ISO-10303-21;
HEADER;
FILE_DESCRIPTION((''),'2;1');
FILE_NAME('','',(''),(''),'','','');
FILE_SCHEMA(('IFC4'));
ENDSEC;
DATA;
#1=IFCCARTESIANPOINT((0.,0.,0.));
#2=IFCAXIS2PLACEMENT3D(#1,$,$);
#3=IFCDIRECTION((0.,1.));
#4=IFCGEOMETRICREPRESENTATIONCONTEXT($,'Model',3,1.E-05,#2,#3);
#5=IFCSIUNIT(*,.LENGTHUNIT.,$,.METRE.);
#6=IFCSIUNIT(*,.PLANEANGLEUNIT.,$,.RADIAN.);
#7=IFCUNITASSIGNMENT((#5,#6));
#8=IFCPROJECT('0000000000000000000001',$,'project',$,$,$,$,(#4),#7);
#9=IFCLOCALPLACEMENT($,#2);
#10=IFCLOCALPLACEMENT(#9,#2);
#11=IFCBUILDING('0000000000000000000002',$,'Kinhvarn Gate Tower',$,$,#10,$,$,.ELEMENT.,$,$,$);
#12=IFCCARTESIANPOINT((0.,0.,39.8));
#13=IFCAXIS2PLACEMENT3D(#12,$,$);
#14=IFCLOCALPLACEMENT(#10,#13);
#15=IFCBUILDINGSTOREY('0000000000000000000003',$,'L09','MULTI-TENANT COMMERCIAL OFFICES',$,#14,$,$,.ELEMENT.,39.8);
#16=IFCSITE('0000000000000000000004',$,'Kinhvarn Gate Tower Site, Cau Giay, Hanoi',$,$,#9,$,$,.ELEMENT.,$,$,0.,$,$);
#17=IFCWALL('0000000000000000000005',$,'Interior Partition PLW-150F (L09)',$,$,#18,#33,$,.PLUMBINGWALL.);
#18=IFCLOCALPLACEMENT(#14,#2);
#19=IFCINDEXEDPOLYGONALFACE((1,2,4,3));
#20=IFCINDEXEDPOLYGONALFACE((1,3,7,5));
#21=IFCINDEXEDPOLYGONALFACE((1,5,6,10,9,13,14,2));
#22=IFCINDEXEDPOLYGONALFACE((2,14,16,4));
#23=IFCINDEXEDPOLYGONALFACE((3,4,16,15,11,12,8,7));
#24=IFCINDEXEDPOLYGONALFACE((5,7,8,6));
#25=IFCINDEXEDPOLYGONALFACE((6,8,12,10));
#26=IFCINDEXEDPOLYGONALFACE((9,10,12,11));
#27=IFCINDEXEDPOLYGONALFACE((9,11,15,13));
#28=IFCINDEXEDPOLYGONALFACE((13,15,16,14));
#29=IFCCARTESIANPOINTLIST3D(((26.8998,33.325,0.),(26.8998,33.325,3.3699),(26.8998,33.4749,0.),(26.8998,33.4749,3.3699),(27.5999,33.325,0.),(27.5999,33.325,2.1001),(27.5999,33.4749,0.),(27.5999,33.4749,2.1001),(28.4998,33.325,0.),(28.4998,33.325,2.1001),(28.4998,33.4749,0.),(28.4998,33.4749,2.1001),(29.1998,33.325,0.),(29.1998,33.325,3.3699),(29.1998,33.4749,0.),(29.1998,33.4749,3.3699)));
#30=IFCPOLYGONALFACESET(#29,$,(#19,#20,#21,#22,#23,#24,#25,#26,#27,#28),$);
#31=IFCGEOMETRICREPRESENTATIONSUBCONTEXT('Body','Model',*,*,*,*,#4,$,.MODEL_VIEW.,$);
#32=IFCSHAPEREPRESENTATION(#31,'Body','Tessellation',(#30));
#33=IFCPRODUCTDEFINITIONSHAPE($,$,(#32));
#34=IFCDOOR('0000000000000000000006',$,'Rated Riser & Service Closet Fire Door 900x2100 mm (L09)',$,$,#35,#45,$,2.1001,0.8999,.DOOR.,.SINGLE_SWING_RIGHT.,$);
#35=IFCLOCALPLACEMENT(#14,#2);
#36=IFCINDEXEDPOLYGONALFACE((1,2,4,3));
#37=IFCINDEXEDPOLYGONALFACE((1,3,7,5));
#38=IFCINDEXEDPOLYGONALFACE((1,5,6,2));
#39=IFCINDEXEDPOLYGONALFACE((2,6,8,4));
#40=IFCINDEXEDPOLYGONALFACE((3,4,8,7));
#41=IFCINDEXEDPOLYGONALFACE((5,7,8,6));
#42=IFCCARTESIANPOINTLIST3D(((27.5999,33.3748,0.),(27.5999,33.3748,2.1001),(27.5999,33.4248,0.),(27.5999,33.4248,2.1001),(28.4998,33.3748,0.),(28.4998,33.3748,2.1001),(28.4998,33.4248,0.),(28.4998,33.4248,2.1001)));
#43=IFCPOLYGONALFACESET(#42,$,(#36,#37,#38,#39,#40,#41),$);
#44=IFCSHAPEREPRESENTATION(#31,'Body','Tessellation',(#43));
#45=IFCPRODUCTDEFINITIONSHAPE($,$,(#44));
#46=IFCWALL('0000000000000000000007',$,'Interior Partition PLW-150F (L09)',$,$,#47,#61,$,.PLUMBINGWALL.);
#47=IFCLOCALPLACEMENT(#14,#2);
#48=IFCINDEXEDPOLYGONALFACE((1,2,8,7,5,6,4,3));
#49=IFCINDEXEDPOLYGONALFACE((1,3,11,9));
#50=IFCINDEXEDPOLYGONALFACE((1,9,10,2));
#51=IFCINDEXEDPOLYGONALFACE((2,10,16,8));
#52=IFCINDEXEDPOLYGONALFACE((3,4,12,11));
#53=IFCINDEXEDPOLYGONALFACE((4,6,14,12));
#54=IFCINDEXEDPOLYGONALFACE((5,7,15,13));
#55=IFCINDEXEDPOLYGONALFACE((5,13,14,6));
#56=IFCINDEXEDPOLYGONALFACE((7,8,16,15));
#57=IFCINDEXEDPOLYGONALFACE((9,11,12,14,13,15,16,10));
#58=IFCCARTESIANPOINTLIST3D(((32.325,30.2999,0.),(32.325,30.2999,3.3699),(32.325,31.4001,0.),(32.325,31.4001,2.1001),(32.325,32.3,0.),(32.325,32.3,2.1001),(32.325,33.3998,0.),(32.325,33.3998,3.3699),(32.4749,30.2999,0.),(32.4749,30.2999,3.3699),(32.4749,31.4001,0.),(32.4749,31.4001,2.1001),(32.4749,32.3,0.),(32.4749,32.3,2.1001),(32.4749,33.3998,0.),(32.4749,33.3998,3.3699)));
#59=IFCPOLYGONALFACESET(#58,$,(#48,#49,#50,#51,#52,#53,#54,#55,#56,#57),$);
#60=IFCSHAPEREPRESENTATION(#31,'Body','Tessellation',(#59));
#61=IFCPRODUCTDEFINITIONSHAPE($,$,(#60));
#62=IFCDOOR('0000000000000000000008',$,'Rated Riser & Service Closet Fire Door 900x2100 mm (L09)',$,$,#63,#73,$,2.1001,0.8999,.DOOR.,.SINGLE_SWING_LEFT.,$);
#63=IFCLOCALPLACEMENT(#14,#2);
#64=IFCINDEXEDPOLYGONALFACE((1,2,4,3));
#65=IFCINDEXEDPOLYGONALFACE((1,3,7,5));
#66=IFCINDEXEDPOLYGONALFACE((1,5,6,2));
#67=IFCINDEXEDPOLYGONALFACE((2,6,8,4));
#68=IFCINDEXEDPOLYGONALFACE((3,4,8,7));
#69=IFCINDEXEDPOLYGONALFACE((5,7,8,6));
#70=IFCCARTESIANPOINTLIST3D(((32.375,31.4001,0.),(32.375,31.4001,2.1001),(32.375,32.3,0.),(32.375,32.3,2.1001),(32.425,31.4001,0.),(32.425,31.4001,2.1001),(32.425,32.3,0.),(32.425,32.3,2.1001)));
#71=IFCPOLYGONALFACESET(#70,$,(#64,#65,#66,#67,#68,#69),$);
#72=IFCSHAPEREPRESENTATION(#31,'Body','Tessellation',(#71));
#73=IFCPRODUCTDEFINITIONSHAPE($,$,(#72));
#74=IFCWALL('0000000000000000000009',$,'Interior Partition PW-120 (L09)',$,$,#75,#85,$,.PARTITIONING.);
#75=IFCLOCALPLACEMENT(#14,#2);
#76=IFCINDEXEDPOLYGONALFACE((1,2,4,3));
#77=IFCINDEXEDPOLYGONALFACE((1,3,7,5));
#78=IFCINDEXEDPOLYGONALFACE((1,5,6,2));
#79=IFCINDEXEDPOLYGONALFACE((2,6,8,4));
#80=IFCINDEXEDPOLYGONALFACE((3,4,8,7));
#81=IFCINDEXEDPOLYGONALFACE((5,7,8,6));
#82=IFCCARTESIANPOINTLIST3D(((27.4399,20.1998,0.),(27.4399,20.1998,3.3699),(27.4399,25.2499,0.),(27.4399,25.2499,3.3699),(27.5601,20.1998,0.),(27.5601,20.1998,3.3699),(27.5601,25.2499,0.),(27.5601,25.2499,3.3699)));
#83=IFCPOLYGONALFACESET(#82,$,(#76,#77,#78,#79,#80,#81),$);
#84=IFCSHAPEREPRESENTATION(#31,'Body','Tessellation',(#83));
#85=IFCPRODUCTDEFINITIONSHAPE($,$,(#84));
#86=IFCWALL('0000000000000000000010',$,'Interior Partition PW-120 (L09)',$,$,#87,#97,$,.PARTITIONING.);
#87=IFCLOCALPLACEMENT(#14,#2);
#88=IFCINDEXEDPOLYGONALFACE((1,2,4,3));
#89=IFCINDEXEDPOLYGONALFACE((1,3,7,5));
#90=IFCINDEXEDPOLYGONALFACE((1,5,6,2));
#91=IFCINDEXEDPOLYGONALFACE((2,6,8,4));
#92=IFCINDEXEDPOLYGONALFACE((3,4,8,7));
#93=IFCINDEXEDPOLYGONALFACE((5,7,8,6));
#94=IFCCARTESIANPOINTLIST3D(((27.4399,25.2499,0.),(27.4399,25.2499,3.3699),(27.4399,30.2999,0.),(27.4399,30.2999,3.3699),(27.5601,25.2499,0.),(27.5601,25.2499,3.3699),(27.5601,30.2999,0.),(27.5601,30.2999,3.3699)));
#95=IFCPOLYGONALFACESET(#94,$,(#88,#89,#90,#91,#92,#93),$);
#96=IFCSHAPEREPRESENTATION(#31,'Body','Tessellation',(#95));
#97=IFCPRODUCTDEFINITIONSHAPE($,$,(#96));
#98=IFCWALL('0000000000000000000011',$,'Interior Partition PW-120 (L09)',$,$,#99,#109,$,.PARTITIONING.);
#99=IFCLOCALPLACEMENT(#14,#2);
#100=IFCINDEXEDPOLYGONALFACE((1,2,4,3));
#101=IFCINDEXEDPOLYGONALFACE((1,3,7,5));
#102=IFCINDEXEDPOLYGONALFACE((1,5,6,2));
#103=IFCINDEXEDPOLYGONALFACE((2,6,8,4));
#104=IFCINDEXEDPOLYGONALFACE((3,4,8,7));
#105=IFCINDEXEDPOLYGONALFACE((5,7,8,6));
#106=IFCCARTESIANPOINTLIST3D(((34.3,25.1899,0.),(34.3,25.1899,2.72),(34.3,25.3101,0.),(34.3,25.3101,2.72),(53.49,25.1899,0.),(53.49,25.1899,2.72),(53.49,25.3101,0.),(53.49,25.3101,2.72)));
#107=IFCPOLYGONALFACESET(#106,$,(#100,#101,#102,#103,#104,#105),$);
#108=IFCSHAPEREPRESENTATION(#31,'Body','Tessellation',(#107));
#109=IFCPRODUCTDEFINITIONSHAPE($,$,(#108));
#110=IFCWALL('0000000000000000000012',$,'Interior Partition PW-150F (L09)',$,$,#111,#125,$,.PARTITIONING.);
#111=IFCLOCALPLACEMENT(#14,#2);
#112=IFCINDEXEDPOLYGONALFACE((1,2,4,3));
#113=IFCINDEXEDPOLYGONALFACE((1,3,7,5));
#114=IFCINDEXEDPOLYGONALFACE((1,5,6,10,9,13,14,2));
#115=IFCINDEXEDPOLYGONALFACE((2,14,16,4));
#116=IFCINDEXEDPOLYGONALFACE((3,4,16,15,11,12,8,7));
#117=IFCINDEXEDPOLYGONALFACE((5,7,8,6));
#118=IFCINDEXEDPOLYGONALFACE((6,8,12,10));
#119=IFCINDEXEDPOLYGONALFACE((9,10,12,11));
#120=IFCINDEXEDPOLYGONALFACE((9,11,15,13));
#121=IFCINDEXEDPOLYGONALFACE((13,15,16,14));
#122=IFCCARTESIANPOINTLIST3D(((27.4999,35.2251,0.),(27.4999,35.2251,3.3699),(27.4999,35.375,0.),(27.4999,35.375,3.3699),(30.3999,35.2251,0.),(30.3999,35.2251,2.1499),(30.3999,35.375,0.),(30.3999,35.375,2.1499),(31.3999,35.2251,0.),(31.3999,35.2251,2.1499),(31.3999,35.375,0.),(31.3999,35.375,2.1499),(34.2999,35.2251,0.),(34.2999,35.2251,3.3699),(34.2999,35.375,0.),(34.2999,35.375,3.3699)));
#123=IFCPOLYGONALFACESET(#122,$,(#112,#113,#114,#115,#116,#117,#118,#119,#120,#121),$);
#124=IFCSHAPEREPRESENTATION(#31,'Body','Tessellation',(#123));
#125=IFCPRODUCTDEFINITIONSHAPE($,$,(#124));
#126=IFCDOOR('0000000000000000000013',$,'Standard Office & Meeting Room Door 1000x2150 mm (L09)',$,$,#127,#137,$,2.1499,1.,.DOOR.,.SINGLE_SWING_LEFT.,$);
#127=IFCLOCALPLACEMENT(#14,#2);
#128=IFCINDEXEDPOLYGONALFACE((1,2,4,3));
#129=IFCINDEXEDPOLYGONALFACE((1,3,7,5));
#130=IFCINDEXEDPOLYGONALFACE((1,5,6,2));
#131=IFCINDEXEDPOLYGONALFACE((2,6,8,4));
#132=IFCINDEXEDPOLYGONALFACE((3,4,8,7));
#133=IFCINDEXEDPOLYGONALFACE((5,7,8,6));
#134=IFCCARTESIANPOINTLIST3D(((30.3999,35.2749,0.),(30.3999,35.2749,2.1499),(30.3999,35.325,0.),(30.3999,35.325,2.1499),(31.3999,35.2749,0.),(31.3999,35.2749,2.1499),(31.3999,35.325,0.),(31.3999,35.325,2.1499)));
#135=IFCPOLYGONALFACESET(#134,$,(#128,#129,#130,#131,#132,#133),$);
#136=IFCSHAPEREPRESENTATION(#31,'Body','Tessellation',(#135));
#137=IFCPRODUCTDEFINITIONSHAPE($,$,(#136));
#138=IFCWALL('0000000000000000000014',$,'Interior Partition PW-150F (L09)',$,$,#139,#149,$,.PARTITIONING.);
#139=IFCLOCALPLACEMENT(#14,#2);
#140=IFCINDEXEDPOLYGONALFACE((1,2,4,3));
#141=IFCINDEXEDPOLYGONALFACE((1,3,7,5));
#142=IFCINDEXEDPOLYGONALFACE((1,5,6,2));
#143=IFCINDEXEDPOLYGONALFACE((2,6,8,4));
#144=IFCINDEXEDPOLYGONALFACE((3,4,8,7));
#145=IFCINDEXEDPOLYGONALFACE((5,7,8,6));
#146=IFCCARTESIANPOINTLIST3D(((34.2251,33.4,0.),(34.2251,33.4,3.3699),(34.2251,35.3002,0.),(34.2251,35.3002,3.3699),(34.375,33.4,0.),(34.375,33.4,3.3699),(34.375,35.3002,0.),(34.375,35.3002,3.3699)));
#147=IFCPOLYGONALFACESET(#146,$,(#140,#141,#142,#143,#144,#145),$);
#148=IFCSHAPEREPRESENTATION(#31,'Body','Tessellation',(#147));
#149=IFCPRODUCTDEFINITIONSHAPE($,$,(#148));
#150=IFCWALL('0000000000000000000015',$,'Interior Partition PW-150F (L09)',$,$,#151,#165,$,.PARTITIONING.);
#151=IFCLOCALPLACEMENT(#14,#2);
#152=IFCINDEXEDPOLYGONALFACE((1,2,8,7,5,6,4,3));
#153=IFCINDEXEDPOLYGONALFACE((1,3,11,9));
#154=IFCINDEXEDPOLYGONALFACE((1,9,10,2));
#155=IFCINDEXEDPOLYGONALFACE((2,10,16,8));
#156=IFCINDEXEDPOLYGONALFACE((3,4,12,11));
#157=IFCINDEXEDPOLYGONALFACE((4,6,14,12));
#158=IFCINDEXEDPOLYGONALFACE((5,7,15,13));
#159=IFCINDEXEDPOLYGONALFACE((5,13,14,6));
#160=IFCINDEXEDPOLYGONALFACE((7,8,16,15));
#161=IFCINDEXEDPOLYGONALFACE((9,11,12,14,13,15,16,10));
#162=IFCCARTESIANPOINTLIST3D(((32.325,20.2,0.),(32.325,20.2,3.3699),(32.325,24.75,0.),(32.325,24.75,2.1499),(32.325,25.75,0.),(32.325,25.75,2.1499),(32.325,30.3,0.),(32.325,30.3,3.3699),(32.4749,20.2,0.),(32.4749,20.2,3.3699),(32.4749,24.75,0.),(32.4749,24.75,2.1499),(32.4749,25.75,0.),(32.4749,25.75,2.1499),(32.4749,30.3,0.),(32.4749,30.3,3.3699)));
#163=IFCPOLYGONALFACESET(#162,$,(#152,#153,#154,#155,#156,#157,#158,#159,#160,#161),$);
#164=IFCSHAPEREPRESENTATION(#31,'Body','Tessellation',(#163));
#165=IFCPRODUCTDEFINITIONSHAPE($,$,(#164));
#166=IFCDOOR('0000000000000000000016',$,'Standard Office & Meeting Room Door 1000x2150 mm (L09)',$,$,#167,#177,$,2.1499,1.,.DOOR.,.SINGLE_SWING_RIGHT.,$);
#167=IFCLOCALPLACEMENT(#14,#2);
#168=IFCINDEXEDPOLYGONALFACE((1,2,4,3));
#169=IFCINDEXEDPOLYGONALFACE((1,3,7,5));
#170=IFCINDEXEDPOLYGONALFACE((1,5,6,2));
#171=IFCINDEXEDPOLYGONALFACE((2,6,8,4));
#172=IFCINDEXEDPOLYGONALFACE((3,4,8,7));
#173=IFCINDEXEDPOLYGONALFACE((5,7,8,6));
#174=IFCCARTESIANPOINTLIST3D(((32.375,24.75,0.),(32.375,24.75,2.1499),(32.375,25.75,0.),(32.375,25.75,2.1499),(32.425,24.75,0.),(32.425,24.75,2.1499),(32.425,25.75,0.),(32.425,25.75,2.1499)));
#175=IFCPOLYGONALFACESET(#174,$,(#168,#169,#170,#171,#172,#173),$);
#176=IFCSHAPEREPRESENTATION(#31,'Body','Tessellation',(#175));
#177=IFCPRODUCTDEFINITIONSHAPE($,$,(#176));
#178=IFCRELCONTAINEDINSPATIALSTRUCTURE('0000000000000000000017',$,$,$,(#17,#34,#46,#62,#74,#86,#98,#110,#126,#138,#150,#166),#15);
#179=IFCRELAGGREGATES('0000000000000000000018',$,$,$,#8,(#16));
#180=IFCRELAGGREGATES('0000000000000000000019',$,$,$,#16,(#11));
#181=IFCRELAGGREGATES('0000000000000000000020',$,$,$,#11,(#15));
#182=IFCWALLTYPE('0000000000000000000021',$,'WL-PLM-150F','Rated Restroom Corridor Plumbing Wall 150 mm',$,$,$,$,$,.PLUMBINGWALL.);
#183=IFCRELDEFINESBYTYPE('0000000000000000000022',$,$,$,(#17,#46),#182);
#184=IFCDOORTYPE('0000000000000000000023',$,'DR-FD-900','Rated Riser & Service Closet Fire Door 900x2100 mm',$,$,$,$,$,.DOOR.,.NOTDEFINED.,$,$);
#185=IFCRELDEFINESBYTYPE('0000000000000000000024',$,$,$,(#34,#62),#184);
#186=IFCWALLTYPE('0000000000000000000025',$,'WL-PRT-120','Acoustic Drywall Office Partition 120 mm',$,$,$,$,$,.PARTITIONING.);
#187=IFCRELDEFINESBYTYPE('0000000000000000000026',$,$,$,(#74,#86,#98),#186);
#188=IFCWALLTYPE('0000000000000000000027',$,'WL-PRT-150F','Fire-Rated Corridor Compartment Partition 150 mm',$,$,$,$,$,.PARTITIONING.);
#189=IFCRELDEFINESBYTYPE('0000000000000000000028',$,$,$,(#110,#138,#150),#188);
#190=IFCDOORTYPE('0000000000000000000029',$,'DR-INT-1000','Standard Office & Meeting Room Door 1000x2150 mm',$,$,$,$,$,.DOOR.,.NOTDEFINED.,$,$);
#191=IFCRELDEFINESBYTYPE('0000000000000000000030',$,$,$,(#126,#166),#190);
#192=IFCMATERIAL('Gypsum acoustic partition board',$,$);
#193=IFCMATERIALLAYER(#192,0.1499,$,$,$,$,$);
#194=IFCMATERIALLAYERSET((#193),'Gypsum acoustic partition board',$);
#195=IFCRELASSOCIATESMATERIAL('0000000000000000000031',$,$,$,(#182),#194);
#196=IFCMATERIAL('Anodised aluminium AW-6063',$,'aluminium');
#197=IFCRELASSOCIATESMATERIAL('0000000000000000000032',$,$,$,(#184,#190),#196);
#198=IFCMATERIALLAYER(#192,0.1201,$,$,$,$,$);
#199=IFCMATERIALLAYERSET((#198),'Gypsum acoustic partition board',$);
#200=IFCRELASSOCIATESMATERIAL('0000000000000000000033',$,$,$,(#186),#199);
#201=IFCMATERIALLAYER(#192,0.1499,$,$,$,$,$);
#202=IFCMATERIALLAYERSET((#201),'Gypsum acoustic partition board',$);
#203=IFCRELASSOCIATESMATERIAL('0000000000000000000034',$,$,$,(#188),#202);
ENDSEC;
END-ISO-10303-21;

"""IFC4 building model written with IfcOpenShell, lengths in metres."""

from ifc_helpers import new_model, si_unit, direction, frame, frame_2d, origin, place, context, subcontext, project, spatial, rectangle, extrude, material, layer, layer_set, type_object, element, fill, save


model = new_model("IFC4")

# Units and contexts
model_context = context("Model", 3, precision=1e-05, world=origin(), true_north=direction((0.0, 1.0)))
body_context = subcontext(model_context, "Body", "Model", "MODEL_VIEW")
ifc_project = project(units=[si_unit("LENGTHUNIT", "METRE"), si_unit("PLANEANGLEUNIT", "RADIAN")], contexts=[model_context])

# Site, building, storey
site_placement = place(None, origin())
site = spatial("IfcSite", under=ifc_project, at=site_placement, Name="Kinhvarn Gate Tower Site, Cau Giay, Hanoi", CompositionType="ELEMENT", RefElevation=0.0)
building_placement = place(site_placement, origin())
building = spatial("IfcBuilding", under=site, at=building_placement, Name="Kinhvarn Gate Tower", CompositionType="ELEMENT")
storey_placement = place(building_placement, frame((0.0, 0.0, 39.8)))
storey = spatial("IfcBuildingStorey", under=building, at=storey_placement, Name="L09", Description="MULTI-TENANT COMMERCIAL OFFICES", CompositionType="ELEMENT", Elevation=39.8)

# Shared definitions
ifc_material_1 = material(Name="Gypsum acoustic partition board")
ifc_layer_1 = layer(ifc_material_1, 0.1499)
ifc_layer_set_1 = layer_set([ifc_layer_1], Name="Gypsum acoustic partition board")
wall_type_1 = type_object("IfcWallType", Name="WL-PLM-150F", Description="Rated Restroom Corridor Plumbing Wall 150 mm", PredefinedType="PLUMBINGWALL", material=ifc_layer_set_1)

# Walls, openings, doors
wall_1_placement = place(storey_placement, frame((26.8999, 33.3999, 0.0), z_axis=(0.0, 0.0, 1.0), x_axis=(1.0, 0.0, 0.0)))
wall_1 = element("IfcWall", 1, at=wall_1_placement, inside=storey, type_object=wall_type_1, Name="Interior Partition PLW-150F (L09)", PredefinedType="PLUMBINGWALL", context=body_context, shape_type="SweptSolid", body=[
    extrude(rectangle(XDim=2.3, YDim=0.1499, at=frame_2d((1.1499, 0.0))), origin(), (0.0, 0.0, 1.0), 3.3699),
])
opening_1_placement = place(wall_1_placement, frame((0.7, 0.0, 0.0)))
opening_1 = element("IfcOpeningElement", 2, at=opening_1_placement, cuts=wall_1, PredefinedType="OPENING", context=body_context, shape_type="SweptSolid", body=[
    extrude(rectangle(XDim=0.8999, YDim=2.1001, at=frame_2d((0.45, 1.05))), frame((0.0, 0.085, 0.0), z_axis=(0.0, -1.0, 0.0), x_axis=(1.0, 0.0, 0.0)), (0.0, 0.0, 1.0), 0.1699),
])
ifc_material_2 = material(Name="Anodised aluminium AW-6063", Category="aluminium")
door_type_1 = type_object("IfcDoorType", Name="DR-FD-900", Description="Rated Riser & Service Closet Fire Door 900x2100 mm", OperationType="NOTDEFINED", PredefinedType="DOOR", material=ifc_material_2)
door_1_placement = place(opening_1_placement, origin())
door_1 = element("IfcDoor", 3, at=door_1_placement, inside=storey, type_object=door_type_1, Name="Rated Riser & Service Closet Fire Door 900x2100 mm (L09)", OperationType="SINGLE_SWING_RIGHT", OverallHeight=2.1001, OverallWidth=0.8999, PredefinedType="DOOR", context=body_context, shape_type="SweptSolid", body=[
    extrude(rectangle(XDim=0.8999, YDim=2.1001, at=frame_2d((0.45, 1.05))), frame((0.0, 0.0249, 0.0), z_axis=(0.0, -1.0, 0.0), x_axis=(1.0, 0.0, 0.0)), (0.0, 0.0, 1.0), 0.05),
])
fill(opening_1, door_1)
wall_2_placement = place(storey_placement, frame((32.3999, 30.3, 0.0), z_axis=(0.0, 0.0, 1.0), x_axis=(0.0, 1.0, 0.0)))
wall_2 = element("IfcWall", 4, at=wall_2_placement, inside=storey, type_object=wall_type_1, Name="Interior Partition PLW-150F (L09)", PredefinedType="PLUMBINGWALL", context=body_context, shape_type="SweptSolid", body=[
    extrude(rectangle(XDim=3.0999, YDim=0.1499, at=frame_2d((1.5498, 0.0))), origin(), (0.0, 0.0, 1.0), 3.3699),
])
opening_2_placement = place(wall_2_placement, frame((1.1001, 0.0, 0.0)))
opening_2 = element("IfcOpeningElement", 5, at=opening_2_placement, cuts=wall_2, PredefinedType="OPENING", context=body_context, shape_type="SweptSolid", body=[
    extrude(rectangle(XDim=0.8999, YDim=2.1001, at=frame_2d((0.45, 1.05))), frame((0.0, 0.085, 0.0), z_axis=(0.0, -1.0, 0.0), x_axis=(1.0, 0.0, 0.0)), (0.0, 0.0, 1.0), 0.1699),
])
door_2_placement = place(opening_2_placement, origin())
door_2 = element("IfcDoor", 6, at=door_2_placement, inside=storey, type_object=door_type_1, Name="Rated Riser & Service Closet Fire Door 900x2100 mm (L09)", OperationType="SINGLE_SWING_LEFT", OverallHeight=2.1001, OverallWidth=0.8999, PredefinedType="DOOR", context=body_context, shape_type="SweptSolid", body=[
    extrude(rectangle(XDim=0.8999, YDim=2.1001, at=frame_2d((0.45, 1.05))), frame((0.0, 0.0249, 0.0), z_axis=(0.0, -1.0, 0.0), x_axis=(1.0, 0.0, 0.0)), (0.0, 0.0, 1.0), 0.05),
])
fill(opening_2, door_2)

# Walls
ifc_layer_2 = layer(ifc_material_1, 0.1201)
ifc_layer_set_2 = layer_set([ifc_layer_2], Name="Gypsum acoustic partition board")
wall_type_2 = type_object("IfcWallType", Name="WL-PRT-120", Description="Acoustic Drywall Office Partition 120 mm", PredefinedType="PARTITIONING", material=ifc_layer_set_2)
for number, where, z_axis, x_axis, name in (
    (7, (27.5, 20.2, 0.0), (0.0, 0.0, 1.0), (0.0, 1.0, 0.0), "Interior Partition PW-120 (L09)"),
    (8, (27.5, 25.25, 0.0), (0.0, 0.0, 1.0), (0.0, 1.0, 0.0), "Interior Partition PW-120 (L09)"),
):
    element("IfcWall", number, at=place(storey_placement, frame(where, z_axis=z_axis, x_axis=x_axis)), inside=storey, type_object=wall_type_2, Name=name, PredefinedType="PARTITIONING", context=body_context, shape_type="SweptSolid", body=[
        extrude(rectangle(XDim=5.05, YDim=0.1201, at=frame_2d((2.5249, 0.0))), origin(), (0.0, 0.0, 1.0), 3.3699),
    ])
wall_3_placement = place(storey_placement, frame((34.3, 25.25, 0.0), z_axis=(0.0, 0.0, 1.0), x_axis=(1.0, 0.0, 0.0)))
element("IfcWall", 9, at=wall_3_placement, inside=storey, type_object=wall_type_2, Name="Interior Partition PW-120 (L09)", PredefinedType="PARTITIONING", context=body_context, shape_type="SweptSolid", body=[
    extrude(rectangle(XDim=19.1899, YDim=0.1201, at=frame_2d((9.595, 0.0))), origin(), (0.0, 0.0, 1.0), 2.72),
])

# Wall, opening, door
ifc_layer_3 = layer(ifc_material_1, 0.1499)
ifc_layer_set_3 = layer_set([ifc_layer_3], Name="Gypsum acoustic partition board")
wall_type_3 = type_object("IfcWallType", Name="WL-PRT-150F", Description="Fire-Rated Corridor Compartment Partition 150 mm", PredefinedType="PARTITIONING", material=ifc_layer_set_3)
wall_4_placement = place(storey_placement, frame((27.5, 35.3, 0.0), z_axis=(0.0, 0.0, 1.0), x_axis=(1.0, 0.0, 0.0)))
wall_4 = element("IfcWall", 10, at=wall_4_placement, inside=storey, type_object=wall_type_3, Name="Interior Partition PW-150F (L09)", PredefinedType="PARTITIONING", context=body_context, shape_type="SweptSolid", body=[
    extrude(rectangle(XDim=6.8, YDim=0.1499, at=frame_2d((3.3999, 0.0))), origin(), (0.0, 0.0, 1.0), 3.3699),
])
opening_3_placement = place(wall_4_placement, frame((2.8999, 0.0, 0.0)))
opening_3 = element("IfcOpeningElement", 11, at=opening_3_placement, cuts=wall_4, PredefinedType="OPENING", context=body_context, shape_type="SweptSolid", body=[
    extrude(rectangle(XDim=1.0, YDim=2.1499, at=frame_2d((0.5, 1.075))), frame((0.0, 0.085, 0.0), z_axis=(0.0, -1.0, 0.0), x_axis=(1.0, 0.0, 0.0)), (0.0, 0.0, 1.0), 0.1699),
])
door_type_2 = type_object("IfcDoorType", Name="DR-INT-1000", Description="Standard Office & Meeting Room Door 1000x2150 mm", OperationType="NOTDEFINED", PredefinedType="DOOR", material=ifc_material_2)
door_3_placement = place(opening_3_placement, origin())
door_3 = element("IfcDoor", 12, at=door_3_placement, inside=storey, type_object=door_type_2, Name="Standard Office & Meeting Room Door 1000x2150 mm (L09)", OperationType="SINGLE_SWING_LEFT", OverallHeight=2.1499, OverallWidth=1.0, PredefinedType="DOOR", context=body_context, shape_type="SweptSolid", body=[
    extrude(rectangle(XDim=1.0, YDim=2.1499, at=frame_2d((0.5, 1.075))), frame((0.0, 0.0249, 0.0), z_axis=(0.0, -1.0, 0.0), x_axis=(1.0, 0.0, 0.0)), (0.0, 0.0, 1.0), 0.05),
])
fill(opening_3, door_3)

# Wall
wall_5_placement = place(storey_placement, frame((34.3, 33.3999, 0.0), z_axis=(0.0, 0.0, 1.0), x_axis=(0.0, 1.0, 0.0)))
element("IfcWall", 13, at=wall_5_placement, inside=storey, type_object=wall_type_3, Name="Interior Partition PW-150F (L09)", PredefinedType="PARTITIONING", context=body_context, shape_type="SweptSolid", body=[
    extrude(rectangle(XDim=1.9001, YDim=0.1499, at=frame_2d((0.9502, 0.0))), origin(), (0.0, 0.0, 1.0), 3.3699),
])

# Wall, opening, door
wall_6_placement = place(storey_placement, frame((32.3999, 20.2, 0.0), z_axis=(0.0, 0.0, 1.0), x_axis=(0.0, 1.0, 0.0)))
wall_6 = element("IfcWall", 14, at=wall_6_placement, inside=storey, type_object=wall_type_3, Name="Interior Partition PW-150F (L09)", PredefinedType="PARTITIONING", context=body_context, shape_type="SweptSolid", body=[
    extrude(rectangle(XDim=10.1001, YDim=0.1499, at=frame_2d((5.05, 0.0))), origin(), (0.0, 0.0, 1.0), 3.3699),
])
opening_4_placement = place(wall_6_placement, frame((4.55, 0.0, 0.0)))
opening_4 = element("IfcOpeningElement", 15, at=opening_4_placement, cuts=wall_6, PredefinedType="OPENING", context=body_context, shape_type="SweptSolid", body=[
    extrude(rectangle(XDim=1.0, YDim=2.1499, at=frame_2d((0.5, 1.075))), frame((0.0, 0.085, 0.0), z_axis=(0.0, -1.0, 0.0), x_axis=(1.0, 0.0, 0.0)), (0.0, 0.0, 1.0), 0.1699),
])
door_4_placement = place(opening_4_placement, origin())
door_4 = element("IfcDoor", 16, at=door_4_placement, inside=storey, type_object=door_type_2, Name="Standard Office & Meeting Room Door 1000x2150 mm (L09)", OperationType="SINGLE_SWING_RIGHT", OverallHeight=2.1499, OverallWidth=1.0, PredefinedType="DOOR", context=body_context, shape_type="SweptSolid", body=[
    extrude(rectangle(XDim=1.0, YDim=2.1499, at=frame_2d((0.5, 1.075))), frame((0.0, 0.0249, 0.0), z_axis=(0.0, -1.0, 0.0), x_axis=(1.0, 0.0, 0.0)), (0.0, 0.0, 1.0), 0.05),
])
fill(opening_4, door_4)

save(model, "model.ifc")
